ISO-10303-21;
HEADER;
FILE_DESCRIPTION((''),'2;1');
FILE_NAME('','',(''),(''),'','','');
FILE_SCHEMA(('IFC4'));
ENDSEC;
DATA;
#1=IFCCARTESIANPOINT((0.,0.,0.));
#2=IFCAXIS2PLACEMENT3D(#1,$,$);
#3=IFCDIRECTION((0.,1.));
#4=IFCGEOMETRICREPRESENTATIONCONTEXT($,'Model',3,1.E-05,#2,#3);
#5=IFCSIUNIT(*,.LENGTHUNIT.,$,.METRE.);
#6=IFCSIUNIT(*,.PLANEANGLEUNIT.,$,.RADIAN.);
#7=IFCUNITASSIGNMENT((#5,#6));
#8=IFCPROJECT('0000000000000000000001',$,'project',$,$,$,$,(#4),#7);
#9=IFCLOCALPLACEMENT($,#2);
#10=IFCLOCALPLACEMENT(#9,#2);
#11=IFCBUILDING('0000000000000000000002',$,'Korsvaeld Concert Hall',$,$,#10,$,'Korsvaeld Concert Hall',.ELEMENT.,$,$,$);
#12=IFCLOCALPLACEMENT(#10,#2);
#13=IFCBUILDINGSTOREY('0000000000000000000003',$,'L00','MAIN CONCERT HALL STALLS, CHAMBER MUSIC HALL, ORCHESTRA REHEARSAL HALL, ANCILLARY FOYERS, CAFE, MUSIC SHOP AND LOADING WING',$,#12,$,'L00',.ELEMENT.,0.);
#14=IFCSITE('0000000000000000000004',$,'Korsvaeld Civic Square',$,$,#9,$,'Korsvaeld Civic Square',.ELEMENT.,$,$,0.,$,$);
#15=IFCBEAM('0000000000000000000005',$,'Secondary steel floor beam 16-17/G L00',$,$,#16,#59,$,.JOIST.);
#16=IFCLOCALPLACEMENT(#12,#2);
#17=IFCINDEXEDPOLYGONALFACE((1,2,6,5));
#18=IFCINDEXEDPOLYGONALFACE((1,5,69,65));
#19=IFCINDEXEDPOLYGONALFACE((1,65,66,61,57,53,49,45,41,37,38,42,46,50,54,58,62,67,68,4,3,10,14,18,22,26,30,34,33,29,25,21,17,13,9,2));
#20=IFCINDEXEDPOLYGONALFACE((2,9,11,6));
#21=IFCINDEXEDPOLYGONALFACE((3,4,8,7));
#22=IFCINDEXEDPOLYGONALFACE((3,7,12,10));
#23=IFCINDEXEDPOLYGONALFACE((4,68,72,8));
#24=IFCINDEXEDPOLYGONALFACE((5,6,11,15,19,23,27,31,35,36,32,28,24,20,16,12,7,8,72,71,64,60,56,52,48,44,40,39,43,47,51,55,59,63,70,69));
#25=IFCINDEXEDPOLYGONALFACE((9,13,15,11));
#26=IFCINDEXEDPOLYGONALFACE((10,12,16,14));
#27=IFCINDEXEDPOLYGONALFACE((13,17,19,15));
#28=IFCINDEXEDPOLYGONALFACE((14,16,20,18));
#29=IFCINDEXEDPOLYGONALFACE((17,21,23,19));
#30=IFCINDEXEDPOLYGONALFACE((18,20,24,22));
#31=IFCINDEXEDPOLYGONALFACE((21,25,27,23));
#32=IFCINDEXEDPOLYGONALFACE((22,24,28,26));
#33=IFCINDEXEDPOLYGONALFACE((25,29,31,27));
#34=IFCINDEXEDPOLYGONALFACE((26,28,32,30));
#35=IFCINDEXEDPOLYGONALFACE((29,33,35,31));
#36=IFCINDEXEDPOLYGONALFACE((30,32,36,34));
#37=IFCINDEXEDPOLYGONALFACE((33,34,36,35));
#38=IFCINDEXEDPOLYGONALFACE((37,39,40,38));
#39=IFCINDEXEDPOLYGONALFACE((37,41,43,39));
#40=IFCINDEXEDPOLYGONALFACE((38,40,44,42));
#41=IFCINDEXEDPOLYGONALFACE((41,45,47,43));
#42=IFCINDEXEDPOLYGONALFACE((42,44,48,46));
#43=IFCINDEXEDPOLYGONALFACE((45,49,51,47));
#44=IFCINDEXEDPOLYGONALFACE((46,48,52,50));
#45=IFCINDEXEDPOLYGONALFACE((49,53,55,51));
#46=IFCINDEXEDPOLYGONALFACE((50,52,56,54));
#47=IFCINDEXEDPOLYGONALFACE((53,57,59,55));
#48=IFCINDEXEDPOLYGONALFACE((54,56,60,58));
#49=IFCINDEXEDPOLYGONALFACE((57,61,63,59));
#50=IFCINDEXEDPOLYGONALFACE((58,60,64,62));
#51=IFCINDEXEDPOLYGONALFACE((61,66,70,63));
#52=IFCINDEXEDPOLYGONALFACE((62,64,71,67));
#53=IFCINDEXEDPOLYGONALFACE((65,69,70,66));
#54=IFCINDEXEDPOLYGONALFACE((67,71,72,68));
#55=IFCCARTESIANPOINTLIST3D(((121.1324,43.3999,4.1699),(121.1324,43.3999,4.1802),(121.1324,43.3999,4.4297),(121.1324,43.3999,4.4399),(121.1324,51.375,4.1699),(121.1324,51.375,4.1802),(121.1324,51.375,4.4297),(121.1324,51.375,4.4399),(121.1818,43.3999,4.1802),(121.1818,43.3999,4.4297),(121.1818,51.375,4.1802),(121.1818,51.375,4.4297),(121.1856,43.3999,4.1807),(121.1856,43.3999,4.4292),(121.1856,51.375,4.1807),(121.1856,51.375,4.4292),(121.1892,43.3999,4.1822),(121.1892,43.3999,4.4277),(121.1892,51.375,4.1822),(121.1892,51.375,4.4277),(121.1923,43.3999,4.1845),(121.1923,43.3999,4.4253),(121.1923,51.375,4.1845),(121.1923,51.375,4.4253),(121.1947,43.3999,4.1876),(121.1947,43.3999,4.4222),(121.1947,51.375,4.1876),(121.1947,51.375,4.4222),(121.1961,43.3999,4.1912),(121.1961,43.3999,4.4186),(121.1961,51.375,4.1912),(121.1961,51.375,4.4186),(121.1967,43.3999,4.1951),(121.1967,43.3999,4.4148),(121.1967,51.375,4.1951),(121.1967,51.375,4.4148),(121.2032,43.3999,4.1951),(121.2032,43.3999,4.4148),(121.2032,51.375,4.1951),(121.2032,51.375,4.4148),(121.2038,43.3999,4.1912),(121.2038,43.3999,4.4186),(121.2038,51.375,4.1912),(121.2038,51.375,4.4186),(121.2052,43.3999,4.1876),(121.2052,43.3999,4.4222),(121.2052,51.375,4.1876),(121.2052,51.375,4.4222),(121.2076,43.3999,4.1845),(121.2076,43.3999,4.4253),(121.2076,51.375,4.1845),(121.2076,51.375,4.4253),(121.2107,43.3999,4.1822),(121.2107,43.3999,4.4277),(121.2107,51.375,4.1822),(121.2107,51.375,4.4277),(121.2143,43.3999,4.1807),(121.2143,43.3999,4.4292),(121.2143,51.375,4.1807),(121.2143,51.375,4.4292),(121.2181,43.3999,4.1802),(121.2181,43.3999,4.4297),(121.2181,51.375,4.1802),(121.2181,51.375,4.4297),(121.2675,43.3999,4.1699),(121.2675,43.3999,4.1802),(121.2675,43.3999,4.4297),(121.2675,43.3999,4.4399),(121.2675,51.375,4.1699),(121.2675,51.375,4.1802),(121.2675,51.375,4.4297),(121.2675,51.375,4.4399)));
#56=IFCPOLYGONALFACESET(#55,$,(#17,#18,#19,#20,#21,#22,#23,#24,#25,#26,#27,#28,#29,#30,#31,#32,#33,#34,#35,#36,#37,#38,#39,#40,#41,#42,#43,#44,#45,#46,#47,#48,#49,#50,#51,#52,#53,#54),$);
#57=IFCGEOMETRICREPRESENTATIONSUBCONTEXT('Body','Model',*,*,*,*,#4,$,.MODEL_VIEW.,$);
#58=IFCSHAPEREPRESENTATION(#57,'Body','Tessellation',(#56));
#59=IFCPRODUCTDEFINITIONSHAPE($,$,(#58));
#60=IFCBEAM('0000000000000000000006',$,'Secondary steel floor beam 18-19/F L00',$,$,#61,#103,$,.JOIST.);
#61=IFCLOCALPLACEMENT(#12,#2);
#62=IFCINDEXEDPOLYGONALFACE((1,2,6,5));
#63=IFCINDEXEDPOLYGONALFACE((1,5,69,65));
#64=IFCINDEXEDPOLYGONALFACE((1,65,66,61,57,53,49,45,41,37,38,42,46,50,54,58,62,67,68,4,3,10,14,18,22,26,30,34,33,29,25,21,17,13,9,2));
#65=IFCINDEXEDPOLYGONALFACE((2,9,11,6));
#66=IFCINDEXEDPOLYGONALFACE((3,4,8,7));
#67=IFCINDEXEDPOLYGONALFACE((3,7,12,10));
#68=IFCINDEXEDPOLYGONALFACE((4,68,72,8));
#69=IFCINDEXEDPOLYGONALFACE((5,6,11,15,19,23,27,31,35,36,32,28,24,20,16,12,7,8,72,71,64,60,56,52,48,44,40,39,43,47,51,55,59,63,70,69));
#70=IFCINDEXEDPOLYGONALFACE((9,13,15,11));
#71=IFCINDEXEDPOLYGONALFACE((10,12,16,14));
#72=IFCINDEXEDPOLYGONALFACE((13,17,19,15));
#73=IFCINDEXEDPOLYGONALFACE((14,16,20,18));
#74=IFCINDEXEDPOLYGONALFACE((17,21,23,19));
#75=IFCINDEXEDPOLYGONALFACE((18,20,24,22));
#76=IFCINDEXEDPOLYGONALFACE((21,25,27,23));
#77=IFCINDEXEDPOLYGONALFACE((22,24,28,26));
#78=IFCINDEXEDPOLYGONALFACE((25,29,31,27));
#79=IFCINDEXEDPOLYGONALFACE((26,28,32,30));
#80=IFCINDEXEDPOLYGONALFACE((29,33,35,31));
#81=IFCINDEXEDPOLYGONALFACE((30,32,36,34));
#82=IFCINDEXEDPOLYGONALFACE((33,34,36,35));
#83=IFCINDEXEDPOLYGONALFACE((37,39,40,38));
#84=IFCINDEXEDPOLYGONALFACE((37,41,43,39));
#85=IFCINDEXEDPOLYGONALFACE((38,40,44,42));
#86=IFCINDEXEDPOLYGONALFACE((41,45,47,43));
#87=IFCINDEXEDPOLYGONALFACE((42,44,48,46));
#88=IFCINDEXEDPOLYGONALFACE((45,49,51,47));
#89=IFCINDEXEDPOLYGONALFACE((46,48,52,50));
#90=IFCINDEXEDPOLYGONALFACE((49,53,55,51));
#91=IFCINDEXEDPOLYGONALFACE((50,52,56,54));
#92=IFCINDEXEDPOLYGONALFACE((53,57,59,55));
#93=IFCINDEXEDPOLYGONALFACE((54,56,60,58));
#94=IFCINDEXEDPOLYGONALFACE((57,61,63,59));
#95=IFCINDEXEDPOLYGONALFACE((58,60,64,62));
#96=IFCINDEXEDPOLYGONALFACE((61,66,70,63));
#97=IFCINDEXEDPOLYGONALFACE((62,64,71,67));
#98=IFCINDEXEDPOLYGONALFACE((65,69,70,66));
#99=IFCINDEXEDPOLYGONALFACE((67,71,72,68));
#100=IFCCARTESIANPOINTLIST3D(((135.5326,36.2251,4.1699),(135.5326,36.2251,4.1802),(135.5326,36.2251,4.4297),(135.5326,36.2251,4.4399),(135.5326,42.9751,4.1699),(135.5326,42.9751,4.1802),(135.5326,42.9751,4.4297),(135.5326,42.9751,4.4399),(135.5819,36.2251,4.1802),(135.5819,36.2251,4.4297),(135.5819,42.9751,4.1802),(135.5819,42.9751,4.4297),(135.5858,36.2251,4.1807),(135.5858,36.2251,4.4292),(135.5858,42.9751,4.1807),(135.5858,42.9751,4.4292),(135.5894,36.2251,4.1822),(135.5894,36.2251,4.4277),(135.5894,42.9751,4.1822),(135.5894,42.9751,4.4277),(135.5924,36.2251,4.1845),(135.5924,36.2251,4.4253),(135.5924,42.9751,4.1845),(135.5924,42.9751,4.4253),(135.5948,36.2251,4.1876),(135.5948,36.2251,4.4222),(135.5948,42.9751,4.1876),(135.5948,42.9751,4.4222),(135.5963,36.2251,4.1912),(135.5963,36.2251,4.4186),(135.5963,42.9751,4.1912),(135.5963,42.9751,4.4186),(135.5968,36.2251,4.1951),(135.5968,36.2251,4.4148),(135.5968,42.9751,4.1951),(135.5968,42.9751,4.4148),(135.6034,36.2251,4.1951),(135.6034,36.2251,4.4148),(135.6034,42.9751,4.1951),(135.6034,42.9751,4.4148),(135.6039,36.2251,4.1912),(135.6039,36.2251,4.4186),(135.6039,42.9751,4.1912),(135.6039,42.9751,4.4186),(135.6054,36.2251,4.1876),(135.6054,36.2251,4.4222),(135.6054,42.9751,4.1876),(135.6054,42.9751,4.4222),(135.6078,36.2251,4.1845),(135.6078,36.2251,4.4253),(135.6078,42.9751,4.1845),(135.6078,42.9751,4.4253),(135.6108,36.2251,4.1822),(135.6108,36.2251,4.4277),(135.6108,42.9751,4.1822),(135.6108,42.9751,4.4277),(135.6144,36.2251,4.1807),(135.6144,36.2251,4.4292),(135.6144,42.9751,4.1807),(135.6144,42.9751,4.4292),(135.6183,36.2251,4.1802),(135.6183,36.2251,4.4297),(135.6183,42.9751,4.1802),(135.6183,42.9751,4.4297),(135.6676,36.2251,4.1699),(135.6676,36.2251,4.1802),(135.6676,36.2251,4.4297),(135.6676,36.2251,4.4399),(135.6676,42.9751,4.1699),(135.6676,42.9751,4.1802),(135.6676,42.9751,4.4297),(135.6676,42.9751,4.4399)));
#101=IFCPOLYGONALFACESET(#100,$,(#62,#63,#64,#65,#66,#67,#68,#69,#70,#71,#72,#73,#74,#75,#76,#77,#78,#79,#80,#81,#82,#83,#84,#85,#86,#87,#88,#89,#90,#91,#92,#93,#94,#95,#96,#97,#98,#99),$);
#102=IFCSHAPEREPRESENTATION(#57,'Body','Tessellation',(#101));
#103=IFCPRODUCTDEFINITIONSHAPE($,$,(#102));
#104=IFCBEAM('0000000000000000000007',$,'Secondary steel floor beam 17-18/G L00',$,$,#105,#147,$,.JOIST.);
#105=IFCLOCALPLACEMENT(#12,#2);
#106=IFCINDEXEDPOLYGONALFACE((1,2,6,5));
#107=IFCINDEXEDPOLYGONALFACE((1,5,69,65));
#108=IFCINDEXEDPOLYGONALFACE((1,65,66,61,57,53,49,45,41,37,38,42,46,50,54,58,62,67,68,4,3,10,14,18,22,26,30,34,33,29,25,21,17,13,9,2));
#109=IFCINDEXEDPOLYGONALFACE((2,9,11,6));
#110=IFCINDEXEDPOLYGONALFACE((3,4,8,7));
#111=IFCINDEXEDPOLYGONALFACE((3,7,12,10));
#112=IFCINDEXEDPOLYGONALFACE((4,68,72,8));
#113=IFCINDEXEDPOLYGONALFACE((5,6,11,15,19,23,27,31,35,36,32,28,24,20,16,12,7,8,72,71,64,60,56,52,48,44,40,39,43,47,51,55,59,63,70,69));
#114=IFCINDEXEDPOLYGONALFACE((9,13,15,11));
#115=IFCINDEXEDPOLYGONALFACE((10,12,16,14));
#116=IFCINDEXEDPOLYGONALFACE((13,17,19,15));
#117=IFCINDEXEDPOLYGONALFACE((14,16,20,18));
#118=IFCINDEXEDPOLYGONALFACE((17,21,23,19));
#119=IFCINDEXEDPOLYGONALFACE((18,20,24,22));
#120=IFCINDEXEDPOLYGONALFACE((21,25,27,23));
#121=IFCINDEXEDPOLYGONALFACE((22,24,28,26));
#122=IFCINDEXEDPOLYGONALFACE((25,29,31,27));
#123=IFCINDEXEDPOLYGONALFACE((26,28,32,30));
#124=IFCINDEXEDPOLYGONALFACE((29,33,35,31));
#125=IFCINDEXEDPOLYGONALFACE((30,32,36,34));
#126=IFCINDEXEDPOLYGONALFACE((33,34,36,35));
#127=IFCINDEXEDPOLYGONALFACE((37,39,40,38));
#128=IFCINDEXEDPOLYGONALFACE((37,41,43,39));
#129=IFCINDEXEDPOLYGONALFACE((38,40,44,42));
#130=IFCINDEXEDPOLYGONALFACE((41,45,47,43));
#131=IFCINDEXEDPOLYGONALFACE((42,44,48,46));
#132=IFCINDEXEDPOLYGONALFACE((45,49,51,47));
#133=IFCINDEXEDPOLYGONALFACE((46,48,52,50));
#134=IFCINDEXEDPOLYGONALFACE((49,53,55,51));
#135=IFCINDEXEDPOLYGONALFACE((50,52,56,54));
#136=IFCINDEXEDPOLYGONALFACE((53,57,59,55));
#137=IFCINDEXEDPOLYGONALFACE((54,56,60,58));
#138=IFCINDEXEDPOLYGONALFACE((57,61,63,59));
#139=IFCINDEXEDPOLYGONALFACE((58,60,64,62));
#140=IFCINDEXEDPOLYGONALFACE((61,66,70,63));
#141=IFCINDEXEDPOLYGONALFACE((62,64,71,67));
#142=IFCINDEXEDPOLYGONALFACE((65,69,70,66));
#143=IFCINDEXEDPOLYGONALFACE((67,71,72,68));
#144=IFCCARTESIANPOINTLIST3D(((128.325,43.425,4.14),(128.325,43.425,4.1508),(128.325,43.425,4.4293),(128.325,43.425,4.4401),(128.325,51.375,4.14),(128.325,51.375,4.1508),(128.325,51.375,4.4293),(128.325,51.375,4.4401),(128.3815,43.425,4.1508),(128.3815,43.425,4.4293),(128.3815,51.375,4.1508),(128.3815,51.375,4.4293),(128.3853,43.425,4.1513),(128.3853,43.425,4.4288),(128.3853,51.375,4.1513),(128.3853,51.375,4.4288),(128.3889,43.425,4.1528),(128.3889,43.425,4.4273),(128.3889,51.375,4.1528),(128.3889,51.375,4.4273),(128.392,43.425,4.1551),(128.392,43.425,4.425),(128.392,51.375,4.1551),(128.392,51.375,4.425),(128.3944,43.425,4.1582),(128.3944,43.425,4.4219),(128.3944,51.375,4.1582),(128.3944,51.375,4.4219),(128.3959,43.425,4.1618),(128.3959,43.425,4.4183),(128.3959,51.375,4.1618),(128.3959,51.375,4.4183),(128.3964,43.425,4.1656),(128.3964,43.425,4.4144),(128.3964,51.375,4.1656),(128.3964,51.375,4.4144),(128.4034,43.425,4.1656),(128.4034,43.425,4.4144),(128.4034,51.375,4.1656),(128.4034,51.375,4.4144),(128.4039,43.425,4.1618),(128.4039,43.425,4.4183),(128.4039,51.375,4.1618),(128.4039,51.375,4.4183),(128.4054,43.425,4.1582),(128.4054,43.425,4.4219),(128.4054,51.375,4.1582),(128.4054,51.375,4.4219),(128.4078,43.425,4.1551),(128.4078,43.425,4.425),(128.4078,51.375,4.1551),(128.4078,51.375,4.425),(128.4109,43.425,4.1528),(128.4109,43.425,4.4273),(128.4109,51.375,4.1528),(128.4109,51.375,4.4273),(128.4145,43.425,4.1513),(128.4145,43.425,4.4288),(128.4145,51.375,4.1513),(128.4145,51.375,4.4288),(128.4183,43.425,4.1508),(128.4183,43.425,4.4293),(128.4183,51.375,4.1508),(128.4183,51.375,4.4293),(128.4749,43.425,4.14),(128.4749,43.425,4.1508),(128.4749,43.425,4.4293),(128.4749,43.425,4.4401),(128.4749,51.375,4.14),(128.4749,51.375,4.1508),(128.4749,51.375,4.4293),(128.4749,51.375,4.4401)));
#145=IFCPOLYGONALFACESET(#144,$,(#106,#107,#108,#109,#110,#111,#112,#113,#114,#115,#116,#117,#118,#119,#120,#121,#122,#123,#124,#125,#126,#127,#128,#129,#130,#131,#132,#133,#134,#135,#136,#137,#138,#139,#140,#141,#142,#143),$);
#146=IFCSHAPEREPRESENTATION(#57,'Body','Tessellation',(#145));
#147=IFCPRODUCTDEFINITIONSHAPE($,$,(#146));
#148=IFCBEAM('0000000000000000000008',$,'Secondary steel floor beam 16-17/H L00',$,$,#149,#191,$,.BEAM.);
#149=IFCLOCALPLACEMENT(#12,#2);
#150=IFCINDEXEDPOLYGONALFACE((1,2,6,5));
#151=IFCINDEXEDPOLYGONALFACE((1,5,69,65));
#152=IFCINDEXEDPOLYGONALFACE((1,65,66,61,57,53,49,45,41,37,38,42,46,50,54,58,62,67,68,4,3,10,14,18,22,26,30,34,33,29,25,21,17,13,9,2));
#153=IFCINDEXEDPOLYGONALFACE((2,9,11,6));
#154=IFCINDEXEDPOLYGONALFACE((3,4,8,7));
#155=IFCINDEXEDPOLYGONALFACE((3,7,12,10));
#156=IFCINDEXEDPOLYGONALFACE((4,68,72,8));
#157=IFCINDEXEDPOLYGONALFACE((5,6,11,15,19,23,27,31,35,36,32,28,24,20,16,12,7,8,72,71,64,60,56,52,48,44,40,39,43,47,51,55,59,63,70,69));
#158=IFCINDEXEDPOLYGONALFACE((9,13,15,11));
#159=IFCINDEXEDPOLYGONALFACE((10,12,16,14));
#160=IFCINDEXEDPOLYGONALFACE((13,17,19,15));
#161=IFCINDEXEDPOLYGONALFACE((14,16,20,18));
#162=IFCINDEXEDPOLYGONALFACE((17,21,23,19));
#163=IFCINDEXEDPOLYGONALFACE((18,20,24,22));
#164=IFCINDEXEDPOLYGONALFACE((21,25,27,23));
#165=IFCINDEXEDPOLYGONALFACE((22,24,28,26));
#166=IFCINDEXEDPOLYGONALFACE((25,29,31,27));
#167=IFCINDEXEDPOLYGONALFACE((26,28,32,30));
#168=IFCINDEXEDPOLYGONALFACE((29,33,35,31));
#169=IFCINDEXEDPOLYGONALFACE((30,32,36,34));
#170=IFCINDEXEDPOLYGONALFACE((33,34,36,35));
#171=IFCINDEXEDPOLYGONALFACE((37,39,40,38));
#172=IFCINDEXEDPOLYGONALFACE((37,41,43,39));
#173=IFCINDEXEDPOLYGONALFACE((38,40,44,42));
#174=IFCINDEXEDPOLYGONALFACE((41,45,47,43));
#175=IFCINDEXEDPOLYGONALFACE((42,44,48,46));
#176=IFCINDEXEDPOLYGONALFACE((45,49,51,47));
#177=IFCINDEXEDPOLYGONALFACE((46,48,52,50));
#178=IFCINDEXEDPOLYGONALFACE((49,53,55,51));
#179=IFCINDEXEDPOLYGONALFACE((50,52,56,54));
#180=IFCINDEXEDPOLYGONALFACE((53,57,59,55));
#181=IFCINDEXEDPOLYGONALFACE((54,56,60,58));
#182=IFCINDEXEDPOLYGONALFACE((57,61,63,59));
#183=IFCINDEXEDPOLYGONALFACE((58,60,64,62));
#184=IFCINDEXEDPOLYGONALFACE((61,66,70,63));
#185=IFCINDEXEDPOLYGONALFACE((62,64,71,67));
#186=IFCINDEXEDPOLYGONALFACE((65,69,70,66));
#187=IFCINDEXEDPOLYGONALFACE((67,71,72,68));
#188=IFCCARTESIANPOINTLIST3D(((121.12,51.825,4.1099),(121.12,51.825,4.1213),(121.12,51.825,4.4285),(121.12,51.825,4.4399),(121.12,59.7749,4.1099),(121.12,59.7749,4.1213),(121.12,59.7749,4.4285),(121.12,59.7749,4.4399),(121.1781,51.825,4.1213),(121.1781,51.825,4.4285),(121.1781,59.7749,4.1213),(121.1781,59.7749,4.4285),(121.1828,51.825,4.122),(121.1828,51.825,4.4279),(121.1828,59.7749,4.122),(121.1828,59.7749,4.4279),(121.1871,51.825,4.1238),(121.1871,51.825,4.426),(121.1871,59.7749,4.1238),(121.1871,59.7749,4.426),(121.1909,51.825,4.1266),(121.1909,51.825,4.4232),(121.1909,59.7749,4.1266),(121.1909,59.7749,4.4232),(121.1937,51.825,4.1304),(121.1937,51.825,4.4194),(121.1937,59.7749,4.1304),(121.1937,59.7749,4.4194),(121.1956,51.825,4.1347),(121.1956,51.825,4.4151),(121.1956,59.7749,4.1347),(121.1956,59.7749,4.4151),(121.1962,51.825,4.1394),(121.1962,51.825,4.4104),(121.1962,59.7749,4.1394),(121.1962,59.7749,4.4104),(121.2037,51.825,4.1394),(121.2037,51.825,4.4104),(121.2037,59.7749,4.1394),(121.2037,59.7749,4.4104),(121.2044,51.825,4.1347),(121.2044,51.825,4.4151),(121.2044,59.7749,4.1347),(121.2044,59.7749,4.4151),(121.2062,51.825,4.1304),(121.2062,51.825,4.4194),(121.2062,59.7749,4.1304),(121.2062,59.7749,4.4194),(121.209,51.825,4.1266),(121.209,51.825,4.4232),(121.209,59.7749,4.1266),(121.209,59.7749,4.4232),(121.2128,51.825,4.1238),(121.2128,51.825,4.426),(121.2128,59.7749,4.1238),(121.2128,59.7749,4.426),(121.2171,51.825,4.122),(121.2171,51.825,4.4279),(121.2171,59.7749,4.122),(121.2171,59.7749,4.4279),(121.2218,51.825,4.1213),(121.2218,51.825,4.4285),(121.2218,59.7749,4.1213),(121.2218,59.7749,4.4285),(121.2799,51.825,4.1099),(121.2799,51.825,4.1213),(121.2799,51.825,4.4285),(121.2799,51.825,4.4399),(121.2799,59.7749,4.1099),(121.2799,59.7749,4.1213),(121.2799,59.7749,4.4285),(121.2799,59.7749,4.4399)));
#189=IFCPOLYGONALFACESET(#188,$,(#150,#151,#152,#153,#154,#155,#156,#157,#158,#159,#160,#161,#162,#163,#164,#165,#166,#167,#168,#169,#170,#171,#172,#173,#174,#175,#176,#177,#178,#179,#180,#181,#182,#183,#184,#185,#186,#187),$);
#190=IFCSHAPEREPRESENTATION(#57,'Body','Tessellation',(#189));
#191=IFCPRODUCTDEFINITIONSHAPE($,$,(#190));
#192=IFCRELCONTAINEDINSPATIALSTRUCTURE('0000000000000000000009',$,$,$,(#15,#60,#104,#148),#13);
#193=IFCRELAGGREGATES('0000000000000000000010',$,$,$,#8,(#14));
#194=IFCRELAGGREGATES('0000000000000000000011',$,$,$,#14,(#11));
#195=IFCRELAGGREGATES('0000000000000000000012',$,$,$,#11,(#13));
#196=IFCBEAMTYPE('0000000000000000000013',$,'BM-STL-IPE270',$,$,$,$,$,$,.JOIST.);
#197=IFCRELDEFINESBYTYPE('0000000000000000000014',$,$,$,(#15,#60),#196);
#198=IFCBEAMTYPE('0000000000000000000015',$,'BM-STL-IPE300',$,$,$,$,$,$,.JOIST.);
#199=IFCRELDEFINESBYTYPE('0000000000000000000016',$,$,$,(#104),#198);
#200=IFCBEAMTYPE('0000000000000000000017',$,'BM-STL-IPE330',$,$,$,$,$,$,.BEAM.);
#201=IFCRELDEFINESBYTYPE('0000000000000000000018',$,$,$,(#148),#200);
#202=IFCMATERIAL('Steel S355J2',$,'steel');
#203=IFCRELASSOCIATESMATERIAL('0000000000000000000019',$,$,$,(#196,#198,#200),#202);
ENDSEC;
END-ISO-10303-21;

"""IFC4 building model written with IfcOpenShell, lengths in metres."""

from ifc_helpers import new_model, si_unit, direction, frame, origin, origin_2d, place, context, subcontext, project, spatial, i_section, extrude, material, material_profile, profile_set, type_object, element, save


model = new_model("IFC4")

# Units and contexts
model_context = context("Model", 3, precision=1e-05, world=origin(), true_north=direction((0.0, 1.0)))
body_context = subcontext(model_context, "Body", "Model", "MODEL_VIEW")
ifc_project = project(units=[si_unit("LENGTHUNIT", "METRE"), si_unit("PLANEANGLEUNIT", "RADIAN")], contexts=[model_context])

# Site, building, storey
site_placement = place(None, origin())
site = spatial("IfcSite", under=ifc_project, at=site_placement, Name="Korsvaeld Civic Square", LongName="Korsvaeld Civic Square", CompositionType="ELEMENT", RefElevation=0.0)
building_placement = place(site_placement, origin())
building = spatial("IfcBuilding", under=site, at=building_placement, Name="Korsvaeld Concert Hall", LongName="Korsvaeld Concert Hall", CompositionType="ELEMENT")
storey_placement = place(building_placement, origin())
storey = spatial("IfcBuildingStorey", under=building, at=storey_placement, Name="L00", Description="MAIN CONCERT HALL STALLS, CHAMBER MUSIC HALL, ORCHESTRA REHEARSAL HALL, ANCILLARY FOYERS, CAFE, MUSIC SHOP AND LOADING WING", LongName="L00", CompositionType="ELEMENT", Elevation=0.0)

# Beams
ifc_material_1 = material(Name="Steel S355J2", Category="steel")
ifc_material_profile_1 = material_profile(ifc_material_1, i_section(OverallWidth=0.135, OverallDepth=0.27, WebThickness=0.0066, FlangeThickness=0.0103, FilletRadius=0.0149, at=origin_2d()), Name="IPE 270")
ifc_profile_set_1 = profile_set([ifc_material_profile_1], Name="Steel S355J2")
beam_type_1 = type_object("IfcBeamType", Name="BM-STL-IPE270", PredefinedType="JOIST", material=ifc_profile_set_1)
beam_1_placement = place(storey_placement, frame((121.2, 43.3999, 4.3049), z_axis=(0.0, 1.0, 0.0), x_axis=(-1.0, 0.0, 0.0)))
element("IfcBeam", 1, at=beam_1_placement, inside=storey, type_object=beam_type_1, Name="Secondary steel floor beam 16-17/G L00", PredefinedType="JOIST", context=body_context, shape_type="SweptSolid", body=[
    extrude(i_section(OverallWidth=0.135, OverallDepth=0.27, WebThickness=0.0066, FlangeThickness=0.0103, FilletRadius=0.0149, at=origin_2d()), origin(), (0.0, 0.0, 1.0), 7.9751),
])
beam_2_placement = place(storey_placement, frame((135.6001, 36.2251, 4.3049), z_axis=(0.0, 1.0, 0.0), x_axis=(-1.0, 0.0, 0.0)))
element("IfcBeam", 2, at=beam_2_placement, inside=storey, type_object=beam_type_1, Name="Secondary steel floor beam 18-19/F L00", PredefinedType="JOIST", context=body_context, shape_type="SweptSolid", body=[
    extrude(i_section(OverallWidth=0.135, OverallDepth=0.27, WebThickness=0.0066, FlangeThickness=0.0103, FilletRadius=0.0149, at=origin_2d()), origin(), (0.0, 0.0, 1.0), 6.75),
])
ifc_material_profile_2 = material_profile(ifc_material_1, i_section(OverallWidth=0.1499, OverallDepth=0.3, WebThickness=0.0071, FlangeThickness=0.0107, FilletRadius=0.0149, at=origin_2d()), Name="IPE 300")
ifc_profile_set_2 = profile_set([ifc_material_profile_2], Name="Steel S355J2")
beam_type_2 = type_object("IfcBeamType", Name="BM-STL-IPE300", PredefinedType="JOIST", material=ifc_profile_set_2)
beam_3_placement = place(storey_placement, frame((128.3999, 43.425, 4.29), z_axis=(0.0, 1.0, 0.0), x_axis=(-1.0, 0.0, 0.0)))
element("IfcBeam", 3, at=beam_3_placement, inside=storey, type_object=beam_type_2, Name="Secondary steel floor beam 17-18/G L00", PredefinedType="JOIST", context=body_context, shape_type="SweptSolid", body=[
    extrude(i_section(OverallWidth=0.1499, OverallDepth=0.3, WebThickness=0.0071, FlangeThickness=0.0107, FilletRadius=0.0149, at=origin_2d()), origin(), (0.0, 0.0, 1.0), 7.95),
])
ifc_material_profile_3 = material_profile(ifc_material_1, i_section(OverallWidth=0.1599, OverallDepth=0.3301, WebThickness=0.0076, FlangeThickness=0.0115, FilletRadius=0.0181, at=origin_2d()), Name="IPE 330")
ifc_profile_set_3 = profile_set([ifc_material_profile_3], Name="Steel S355J2")
beam_type_3 = type_object("IfcBeamType", Name="BM-STL-IPE330", PredefinedType="BEAM", material=ifc_profile_set_3)
beam_4_placement = place(storey_placement, frame((121.2, 51.825, 4.2749), z_axis=(0.0, 1.0, 0.0), x_axis=(-1.0, 0.0, 0.0)))
element("IfcBeam", 4, at=beam_4_placement, inside=storey, type_object=beam_type_3, Name="Secondary steel floor beam 16-17/H L00", PredefinedType="BEAM", context=body_context, shape_type="SweptSolid", body=[
    extrude(i_section(OverallWidth=0.1599, OverallDepth=0.3301, WebThickness=0.0076, FlangeThickness=0.0115, FilletRadius=0.0181, at=origin_2d()), origin(), (0.0, 0.0, 1.0), 7.95),
])

save(model, "model.ifc")
